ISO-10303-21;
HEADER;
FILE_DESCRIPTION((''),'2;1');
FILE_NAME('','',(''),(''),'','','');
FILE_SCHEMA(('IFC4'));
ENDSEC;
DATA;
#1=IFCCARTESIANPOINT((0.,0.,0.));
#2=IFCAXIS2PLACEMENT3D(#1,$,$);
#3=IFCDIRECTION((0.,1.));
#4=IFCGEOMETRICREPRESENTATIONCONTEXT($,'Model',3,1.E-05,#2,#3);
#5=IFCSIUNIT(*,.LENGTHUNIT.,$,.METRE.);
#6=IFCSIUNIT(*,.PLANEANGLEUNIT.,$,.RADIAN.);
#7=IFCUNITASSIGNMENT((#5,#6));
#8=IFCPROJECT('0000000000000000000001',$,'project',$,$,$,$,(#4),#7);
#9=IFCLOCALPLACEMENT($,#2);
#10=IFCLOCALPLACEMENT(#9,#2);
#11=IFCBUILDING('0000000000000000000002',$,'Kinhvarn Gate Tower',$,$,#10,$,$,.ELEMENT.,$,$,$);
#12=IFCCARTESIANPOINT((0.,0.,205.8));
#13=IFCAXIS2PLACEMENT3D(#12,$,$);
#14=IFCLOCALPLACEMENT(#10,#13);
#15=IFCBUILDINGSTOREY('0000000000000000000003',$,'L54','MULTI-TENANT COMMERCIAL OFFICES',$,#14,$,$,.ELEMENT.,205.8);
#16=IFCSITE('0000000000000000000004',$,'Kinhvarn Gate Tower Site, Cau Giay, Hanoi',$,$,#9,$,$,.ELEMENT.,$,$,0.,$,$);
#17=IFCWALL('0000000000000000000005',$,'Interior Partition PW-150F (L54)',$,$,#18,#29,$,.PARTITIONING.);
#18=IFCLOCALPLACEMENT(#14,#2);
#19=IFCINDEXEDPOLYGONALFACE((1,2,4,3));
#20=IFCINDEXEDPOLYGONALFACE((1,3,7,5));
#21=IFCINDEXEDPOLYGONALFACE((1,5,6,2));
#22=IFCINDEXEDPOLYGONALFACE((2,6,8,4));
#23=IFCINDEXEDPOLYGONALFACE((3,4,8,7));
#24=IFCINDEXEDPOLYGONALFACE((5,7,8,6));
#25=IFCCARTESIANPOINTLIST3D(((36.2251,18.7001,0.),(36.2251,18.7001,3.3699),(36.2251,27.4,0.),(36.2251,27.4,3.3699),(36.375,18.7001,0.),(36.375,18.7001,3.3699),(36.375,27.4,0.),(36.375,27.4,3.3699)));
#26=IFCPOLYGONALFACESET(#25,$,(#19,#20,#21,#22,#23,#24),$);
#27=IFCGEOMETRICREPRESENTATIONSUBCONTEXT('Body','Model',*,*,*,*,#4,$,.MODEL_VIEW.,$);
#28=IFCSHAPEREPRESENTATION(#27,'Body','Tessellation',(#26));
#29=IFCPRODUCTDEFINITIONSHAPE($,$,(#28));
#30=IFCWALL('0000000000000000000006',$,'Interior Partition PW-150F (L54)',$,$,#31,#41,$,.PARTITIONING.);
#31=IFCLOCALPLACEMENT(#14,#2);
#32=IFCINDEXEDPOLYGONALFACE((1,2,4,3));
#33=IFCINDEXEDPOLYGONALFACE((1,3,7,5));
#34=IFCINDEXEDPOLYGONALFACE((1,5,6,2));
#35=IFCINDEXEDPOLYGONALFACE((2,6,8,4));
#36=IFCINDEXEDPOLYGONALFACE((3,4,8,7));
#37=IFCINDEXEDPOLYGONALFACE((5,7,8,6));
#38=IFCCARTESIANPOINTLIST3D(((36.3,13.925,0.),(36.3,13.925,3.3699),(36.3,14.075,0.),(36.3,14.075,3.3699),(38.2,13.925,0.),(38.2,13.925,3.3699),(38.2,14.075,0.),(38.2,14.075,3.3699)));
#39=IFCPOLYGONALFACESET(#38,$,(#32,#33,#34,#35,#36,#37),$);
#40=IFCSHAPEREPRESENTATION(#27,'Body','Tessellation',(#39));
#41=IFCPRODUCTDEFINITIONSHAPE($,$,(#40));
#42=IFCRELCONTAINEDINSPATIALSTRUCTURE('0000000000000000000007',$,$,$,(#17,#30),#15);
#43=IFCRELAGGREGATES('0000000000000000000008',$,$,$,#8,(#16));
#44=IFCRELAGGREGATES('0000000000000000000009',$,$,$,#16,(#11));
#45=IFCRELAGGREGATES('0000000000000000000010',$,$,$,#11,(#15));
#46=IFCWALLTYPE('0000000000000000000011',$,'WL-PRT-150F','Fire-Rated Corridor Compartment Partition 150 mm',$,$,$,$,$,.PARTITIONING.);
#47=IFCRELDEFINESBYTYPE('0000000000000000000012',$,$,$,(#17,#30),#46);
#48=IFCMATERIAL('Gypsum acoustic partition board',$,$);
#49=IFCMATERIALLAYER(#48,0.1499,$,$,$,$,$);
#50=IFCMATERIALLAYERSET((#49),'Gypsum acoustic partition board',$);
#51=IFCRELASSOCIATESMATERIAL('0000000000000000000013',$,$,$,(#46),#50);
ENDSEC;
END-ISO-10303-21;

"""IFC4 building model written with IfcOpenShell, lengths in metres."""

from ifc_helpers import new_model, si_unit, direction, frame, frame_2d, origin, place, context, subcontext, project, spatial, rectangle, extrude, material, layer, layer_set, type_object, element, save


model = new_model("IFC4")

# Units and contexts
model_context = context("Model", 3, precision=1e-05, world=origin(), true_north=direction((0.0, 1.0)))
body_context = subcontext(model_context, "Body", "Model", "MODEL_VIEW")
ifc_project = project(units=[si_unit("LENGTHUNIT", "METRE"), si_unit("PLANEANGLEUNIT", "RADIAN")], contexts=[model_context])

# Site, building, storey
site_placement = place(None, origin())
site = spatial("IfcSite", under=ifc_project, at=site_placement, Name="Kinhvarn Gate Tower Site, Cau Giay, Hanoi", CompositionType="ELEMENT", RefElevation=0.0)
building_placement = place(site_placement, origin())
building = spatial("IfcBuilding", under=site, at=building_placement, Name="Kinhvarn Gate Tower", CompositionType="ELEMENT")
storey_placement = place(building_placement, frame((0.0, 0.0, 205.8)))
storey = spatial("IfcBuildingStorey", under=building, at=storey_placement, Name="L54", Description="MULTI-TENANT COMMERCIAL OFFICES", CompositionType="ELEMENT", Elevation=205.8)

# Shared definitions
ifc_material_1 = material(Name="Gypsum acoustic partition board")
ifc_layer_1 = layer(ifc_material_1, 0.1499)
ifc_layer_set_1 = layer_set([ifc_layer_1], Name="Gypsum acoustic partition board")
wall_type = type_object("IfcWallType", Name="WL-PRT-150F", Description="Fire-Rated Corridor Compartment Partition 150 mm", PredefinedType="PARTITIONING", material=ifc_layer_set_1)

# Walls
wall_1_placement = place(storey_placement, frame((36.3, 18.7, 0.0), z_axis=(0.0, 0.0, 1.0), x_axis=(0.0, 1.0, 0.0)))
element("IfcWall", 1, at=wall_1_placement, inside=storey, type_object=wall_type, Name="Interior Partition PW-150F (L54)", PredefinedType="PARTITIONING", context=body_context, shape_type="SweptSolid", body=[
    extrude(rectangle(XDim=8.7, YDim=0.1499, at=frame_2d((4.3501, 0.0))), origin(), (0.0, 0.0, 1.0), 3.3699),
])
wall_2_placement = place(storey_placement, frame((36.3, 14.0, 0.0), z_axis=(0.0, 0.0, 1.0), x_axis=(1.0, 0.0, 0.0)))
element("IfcWall", 2, at=wall_2_placement, inside=storey, type_object=wall_type, Name="Interior Partition PW-150F (L54)", PredefinedType="PARTITIONING", context=body_context, shape_type="SweptSolid", body=[
    extrude(rectangle(XDim=1.8999, YDim=0.1499, at=frame_2d((0.95, 0.0))), origin(), (0.0, 0.0, 1.0), 3.3699),
])

save(model, "model.ifc")
